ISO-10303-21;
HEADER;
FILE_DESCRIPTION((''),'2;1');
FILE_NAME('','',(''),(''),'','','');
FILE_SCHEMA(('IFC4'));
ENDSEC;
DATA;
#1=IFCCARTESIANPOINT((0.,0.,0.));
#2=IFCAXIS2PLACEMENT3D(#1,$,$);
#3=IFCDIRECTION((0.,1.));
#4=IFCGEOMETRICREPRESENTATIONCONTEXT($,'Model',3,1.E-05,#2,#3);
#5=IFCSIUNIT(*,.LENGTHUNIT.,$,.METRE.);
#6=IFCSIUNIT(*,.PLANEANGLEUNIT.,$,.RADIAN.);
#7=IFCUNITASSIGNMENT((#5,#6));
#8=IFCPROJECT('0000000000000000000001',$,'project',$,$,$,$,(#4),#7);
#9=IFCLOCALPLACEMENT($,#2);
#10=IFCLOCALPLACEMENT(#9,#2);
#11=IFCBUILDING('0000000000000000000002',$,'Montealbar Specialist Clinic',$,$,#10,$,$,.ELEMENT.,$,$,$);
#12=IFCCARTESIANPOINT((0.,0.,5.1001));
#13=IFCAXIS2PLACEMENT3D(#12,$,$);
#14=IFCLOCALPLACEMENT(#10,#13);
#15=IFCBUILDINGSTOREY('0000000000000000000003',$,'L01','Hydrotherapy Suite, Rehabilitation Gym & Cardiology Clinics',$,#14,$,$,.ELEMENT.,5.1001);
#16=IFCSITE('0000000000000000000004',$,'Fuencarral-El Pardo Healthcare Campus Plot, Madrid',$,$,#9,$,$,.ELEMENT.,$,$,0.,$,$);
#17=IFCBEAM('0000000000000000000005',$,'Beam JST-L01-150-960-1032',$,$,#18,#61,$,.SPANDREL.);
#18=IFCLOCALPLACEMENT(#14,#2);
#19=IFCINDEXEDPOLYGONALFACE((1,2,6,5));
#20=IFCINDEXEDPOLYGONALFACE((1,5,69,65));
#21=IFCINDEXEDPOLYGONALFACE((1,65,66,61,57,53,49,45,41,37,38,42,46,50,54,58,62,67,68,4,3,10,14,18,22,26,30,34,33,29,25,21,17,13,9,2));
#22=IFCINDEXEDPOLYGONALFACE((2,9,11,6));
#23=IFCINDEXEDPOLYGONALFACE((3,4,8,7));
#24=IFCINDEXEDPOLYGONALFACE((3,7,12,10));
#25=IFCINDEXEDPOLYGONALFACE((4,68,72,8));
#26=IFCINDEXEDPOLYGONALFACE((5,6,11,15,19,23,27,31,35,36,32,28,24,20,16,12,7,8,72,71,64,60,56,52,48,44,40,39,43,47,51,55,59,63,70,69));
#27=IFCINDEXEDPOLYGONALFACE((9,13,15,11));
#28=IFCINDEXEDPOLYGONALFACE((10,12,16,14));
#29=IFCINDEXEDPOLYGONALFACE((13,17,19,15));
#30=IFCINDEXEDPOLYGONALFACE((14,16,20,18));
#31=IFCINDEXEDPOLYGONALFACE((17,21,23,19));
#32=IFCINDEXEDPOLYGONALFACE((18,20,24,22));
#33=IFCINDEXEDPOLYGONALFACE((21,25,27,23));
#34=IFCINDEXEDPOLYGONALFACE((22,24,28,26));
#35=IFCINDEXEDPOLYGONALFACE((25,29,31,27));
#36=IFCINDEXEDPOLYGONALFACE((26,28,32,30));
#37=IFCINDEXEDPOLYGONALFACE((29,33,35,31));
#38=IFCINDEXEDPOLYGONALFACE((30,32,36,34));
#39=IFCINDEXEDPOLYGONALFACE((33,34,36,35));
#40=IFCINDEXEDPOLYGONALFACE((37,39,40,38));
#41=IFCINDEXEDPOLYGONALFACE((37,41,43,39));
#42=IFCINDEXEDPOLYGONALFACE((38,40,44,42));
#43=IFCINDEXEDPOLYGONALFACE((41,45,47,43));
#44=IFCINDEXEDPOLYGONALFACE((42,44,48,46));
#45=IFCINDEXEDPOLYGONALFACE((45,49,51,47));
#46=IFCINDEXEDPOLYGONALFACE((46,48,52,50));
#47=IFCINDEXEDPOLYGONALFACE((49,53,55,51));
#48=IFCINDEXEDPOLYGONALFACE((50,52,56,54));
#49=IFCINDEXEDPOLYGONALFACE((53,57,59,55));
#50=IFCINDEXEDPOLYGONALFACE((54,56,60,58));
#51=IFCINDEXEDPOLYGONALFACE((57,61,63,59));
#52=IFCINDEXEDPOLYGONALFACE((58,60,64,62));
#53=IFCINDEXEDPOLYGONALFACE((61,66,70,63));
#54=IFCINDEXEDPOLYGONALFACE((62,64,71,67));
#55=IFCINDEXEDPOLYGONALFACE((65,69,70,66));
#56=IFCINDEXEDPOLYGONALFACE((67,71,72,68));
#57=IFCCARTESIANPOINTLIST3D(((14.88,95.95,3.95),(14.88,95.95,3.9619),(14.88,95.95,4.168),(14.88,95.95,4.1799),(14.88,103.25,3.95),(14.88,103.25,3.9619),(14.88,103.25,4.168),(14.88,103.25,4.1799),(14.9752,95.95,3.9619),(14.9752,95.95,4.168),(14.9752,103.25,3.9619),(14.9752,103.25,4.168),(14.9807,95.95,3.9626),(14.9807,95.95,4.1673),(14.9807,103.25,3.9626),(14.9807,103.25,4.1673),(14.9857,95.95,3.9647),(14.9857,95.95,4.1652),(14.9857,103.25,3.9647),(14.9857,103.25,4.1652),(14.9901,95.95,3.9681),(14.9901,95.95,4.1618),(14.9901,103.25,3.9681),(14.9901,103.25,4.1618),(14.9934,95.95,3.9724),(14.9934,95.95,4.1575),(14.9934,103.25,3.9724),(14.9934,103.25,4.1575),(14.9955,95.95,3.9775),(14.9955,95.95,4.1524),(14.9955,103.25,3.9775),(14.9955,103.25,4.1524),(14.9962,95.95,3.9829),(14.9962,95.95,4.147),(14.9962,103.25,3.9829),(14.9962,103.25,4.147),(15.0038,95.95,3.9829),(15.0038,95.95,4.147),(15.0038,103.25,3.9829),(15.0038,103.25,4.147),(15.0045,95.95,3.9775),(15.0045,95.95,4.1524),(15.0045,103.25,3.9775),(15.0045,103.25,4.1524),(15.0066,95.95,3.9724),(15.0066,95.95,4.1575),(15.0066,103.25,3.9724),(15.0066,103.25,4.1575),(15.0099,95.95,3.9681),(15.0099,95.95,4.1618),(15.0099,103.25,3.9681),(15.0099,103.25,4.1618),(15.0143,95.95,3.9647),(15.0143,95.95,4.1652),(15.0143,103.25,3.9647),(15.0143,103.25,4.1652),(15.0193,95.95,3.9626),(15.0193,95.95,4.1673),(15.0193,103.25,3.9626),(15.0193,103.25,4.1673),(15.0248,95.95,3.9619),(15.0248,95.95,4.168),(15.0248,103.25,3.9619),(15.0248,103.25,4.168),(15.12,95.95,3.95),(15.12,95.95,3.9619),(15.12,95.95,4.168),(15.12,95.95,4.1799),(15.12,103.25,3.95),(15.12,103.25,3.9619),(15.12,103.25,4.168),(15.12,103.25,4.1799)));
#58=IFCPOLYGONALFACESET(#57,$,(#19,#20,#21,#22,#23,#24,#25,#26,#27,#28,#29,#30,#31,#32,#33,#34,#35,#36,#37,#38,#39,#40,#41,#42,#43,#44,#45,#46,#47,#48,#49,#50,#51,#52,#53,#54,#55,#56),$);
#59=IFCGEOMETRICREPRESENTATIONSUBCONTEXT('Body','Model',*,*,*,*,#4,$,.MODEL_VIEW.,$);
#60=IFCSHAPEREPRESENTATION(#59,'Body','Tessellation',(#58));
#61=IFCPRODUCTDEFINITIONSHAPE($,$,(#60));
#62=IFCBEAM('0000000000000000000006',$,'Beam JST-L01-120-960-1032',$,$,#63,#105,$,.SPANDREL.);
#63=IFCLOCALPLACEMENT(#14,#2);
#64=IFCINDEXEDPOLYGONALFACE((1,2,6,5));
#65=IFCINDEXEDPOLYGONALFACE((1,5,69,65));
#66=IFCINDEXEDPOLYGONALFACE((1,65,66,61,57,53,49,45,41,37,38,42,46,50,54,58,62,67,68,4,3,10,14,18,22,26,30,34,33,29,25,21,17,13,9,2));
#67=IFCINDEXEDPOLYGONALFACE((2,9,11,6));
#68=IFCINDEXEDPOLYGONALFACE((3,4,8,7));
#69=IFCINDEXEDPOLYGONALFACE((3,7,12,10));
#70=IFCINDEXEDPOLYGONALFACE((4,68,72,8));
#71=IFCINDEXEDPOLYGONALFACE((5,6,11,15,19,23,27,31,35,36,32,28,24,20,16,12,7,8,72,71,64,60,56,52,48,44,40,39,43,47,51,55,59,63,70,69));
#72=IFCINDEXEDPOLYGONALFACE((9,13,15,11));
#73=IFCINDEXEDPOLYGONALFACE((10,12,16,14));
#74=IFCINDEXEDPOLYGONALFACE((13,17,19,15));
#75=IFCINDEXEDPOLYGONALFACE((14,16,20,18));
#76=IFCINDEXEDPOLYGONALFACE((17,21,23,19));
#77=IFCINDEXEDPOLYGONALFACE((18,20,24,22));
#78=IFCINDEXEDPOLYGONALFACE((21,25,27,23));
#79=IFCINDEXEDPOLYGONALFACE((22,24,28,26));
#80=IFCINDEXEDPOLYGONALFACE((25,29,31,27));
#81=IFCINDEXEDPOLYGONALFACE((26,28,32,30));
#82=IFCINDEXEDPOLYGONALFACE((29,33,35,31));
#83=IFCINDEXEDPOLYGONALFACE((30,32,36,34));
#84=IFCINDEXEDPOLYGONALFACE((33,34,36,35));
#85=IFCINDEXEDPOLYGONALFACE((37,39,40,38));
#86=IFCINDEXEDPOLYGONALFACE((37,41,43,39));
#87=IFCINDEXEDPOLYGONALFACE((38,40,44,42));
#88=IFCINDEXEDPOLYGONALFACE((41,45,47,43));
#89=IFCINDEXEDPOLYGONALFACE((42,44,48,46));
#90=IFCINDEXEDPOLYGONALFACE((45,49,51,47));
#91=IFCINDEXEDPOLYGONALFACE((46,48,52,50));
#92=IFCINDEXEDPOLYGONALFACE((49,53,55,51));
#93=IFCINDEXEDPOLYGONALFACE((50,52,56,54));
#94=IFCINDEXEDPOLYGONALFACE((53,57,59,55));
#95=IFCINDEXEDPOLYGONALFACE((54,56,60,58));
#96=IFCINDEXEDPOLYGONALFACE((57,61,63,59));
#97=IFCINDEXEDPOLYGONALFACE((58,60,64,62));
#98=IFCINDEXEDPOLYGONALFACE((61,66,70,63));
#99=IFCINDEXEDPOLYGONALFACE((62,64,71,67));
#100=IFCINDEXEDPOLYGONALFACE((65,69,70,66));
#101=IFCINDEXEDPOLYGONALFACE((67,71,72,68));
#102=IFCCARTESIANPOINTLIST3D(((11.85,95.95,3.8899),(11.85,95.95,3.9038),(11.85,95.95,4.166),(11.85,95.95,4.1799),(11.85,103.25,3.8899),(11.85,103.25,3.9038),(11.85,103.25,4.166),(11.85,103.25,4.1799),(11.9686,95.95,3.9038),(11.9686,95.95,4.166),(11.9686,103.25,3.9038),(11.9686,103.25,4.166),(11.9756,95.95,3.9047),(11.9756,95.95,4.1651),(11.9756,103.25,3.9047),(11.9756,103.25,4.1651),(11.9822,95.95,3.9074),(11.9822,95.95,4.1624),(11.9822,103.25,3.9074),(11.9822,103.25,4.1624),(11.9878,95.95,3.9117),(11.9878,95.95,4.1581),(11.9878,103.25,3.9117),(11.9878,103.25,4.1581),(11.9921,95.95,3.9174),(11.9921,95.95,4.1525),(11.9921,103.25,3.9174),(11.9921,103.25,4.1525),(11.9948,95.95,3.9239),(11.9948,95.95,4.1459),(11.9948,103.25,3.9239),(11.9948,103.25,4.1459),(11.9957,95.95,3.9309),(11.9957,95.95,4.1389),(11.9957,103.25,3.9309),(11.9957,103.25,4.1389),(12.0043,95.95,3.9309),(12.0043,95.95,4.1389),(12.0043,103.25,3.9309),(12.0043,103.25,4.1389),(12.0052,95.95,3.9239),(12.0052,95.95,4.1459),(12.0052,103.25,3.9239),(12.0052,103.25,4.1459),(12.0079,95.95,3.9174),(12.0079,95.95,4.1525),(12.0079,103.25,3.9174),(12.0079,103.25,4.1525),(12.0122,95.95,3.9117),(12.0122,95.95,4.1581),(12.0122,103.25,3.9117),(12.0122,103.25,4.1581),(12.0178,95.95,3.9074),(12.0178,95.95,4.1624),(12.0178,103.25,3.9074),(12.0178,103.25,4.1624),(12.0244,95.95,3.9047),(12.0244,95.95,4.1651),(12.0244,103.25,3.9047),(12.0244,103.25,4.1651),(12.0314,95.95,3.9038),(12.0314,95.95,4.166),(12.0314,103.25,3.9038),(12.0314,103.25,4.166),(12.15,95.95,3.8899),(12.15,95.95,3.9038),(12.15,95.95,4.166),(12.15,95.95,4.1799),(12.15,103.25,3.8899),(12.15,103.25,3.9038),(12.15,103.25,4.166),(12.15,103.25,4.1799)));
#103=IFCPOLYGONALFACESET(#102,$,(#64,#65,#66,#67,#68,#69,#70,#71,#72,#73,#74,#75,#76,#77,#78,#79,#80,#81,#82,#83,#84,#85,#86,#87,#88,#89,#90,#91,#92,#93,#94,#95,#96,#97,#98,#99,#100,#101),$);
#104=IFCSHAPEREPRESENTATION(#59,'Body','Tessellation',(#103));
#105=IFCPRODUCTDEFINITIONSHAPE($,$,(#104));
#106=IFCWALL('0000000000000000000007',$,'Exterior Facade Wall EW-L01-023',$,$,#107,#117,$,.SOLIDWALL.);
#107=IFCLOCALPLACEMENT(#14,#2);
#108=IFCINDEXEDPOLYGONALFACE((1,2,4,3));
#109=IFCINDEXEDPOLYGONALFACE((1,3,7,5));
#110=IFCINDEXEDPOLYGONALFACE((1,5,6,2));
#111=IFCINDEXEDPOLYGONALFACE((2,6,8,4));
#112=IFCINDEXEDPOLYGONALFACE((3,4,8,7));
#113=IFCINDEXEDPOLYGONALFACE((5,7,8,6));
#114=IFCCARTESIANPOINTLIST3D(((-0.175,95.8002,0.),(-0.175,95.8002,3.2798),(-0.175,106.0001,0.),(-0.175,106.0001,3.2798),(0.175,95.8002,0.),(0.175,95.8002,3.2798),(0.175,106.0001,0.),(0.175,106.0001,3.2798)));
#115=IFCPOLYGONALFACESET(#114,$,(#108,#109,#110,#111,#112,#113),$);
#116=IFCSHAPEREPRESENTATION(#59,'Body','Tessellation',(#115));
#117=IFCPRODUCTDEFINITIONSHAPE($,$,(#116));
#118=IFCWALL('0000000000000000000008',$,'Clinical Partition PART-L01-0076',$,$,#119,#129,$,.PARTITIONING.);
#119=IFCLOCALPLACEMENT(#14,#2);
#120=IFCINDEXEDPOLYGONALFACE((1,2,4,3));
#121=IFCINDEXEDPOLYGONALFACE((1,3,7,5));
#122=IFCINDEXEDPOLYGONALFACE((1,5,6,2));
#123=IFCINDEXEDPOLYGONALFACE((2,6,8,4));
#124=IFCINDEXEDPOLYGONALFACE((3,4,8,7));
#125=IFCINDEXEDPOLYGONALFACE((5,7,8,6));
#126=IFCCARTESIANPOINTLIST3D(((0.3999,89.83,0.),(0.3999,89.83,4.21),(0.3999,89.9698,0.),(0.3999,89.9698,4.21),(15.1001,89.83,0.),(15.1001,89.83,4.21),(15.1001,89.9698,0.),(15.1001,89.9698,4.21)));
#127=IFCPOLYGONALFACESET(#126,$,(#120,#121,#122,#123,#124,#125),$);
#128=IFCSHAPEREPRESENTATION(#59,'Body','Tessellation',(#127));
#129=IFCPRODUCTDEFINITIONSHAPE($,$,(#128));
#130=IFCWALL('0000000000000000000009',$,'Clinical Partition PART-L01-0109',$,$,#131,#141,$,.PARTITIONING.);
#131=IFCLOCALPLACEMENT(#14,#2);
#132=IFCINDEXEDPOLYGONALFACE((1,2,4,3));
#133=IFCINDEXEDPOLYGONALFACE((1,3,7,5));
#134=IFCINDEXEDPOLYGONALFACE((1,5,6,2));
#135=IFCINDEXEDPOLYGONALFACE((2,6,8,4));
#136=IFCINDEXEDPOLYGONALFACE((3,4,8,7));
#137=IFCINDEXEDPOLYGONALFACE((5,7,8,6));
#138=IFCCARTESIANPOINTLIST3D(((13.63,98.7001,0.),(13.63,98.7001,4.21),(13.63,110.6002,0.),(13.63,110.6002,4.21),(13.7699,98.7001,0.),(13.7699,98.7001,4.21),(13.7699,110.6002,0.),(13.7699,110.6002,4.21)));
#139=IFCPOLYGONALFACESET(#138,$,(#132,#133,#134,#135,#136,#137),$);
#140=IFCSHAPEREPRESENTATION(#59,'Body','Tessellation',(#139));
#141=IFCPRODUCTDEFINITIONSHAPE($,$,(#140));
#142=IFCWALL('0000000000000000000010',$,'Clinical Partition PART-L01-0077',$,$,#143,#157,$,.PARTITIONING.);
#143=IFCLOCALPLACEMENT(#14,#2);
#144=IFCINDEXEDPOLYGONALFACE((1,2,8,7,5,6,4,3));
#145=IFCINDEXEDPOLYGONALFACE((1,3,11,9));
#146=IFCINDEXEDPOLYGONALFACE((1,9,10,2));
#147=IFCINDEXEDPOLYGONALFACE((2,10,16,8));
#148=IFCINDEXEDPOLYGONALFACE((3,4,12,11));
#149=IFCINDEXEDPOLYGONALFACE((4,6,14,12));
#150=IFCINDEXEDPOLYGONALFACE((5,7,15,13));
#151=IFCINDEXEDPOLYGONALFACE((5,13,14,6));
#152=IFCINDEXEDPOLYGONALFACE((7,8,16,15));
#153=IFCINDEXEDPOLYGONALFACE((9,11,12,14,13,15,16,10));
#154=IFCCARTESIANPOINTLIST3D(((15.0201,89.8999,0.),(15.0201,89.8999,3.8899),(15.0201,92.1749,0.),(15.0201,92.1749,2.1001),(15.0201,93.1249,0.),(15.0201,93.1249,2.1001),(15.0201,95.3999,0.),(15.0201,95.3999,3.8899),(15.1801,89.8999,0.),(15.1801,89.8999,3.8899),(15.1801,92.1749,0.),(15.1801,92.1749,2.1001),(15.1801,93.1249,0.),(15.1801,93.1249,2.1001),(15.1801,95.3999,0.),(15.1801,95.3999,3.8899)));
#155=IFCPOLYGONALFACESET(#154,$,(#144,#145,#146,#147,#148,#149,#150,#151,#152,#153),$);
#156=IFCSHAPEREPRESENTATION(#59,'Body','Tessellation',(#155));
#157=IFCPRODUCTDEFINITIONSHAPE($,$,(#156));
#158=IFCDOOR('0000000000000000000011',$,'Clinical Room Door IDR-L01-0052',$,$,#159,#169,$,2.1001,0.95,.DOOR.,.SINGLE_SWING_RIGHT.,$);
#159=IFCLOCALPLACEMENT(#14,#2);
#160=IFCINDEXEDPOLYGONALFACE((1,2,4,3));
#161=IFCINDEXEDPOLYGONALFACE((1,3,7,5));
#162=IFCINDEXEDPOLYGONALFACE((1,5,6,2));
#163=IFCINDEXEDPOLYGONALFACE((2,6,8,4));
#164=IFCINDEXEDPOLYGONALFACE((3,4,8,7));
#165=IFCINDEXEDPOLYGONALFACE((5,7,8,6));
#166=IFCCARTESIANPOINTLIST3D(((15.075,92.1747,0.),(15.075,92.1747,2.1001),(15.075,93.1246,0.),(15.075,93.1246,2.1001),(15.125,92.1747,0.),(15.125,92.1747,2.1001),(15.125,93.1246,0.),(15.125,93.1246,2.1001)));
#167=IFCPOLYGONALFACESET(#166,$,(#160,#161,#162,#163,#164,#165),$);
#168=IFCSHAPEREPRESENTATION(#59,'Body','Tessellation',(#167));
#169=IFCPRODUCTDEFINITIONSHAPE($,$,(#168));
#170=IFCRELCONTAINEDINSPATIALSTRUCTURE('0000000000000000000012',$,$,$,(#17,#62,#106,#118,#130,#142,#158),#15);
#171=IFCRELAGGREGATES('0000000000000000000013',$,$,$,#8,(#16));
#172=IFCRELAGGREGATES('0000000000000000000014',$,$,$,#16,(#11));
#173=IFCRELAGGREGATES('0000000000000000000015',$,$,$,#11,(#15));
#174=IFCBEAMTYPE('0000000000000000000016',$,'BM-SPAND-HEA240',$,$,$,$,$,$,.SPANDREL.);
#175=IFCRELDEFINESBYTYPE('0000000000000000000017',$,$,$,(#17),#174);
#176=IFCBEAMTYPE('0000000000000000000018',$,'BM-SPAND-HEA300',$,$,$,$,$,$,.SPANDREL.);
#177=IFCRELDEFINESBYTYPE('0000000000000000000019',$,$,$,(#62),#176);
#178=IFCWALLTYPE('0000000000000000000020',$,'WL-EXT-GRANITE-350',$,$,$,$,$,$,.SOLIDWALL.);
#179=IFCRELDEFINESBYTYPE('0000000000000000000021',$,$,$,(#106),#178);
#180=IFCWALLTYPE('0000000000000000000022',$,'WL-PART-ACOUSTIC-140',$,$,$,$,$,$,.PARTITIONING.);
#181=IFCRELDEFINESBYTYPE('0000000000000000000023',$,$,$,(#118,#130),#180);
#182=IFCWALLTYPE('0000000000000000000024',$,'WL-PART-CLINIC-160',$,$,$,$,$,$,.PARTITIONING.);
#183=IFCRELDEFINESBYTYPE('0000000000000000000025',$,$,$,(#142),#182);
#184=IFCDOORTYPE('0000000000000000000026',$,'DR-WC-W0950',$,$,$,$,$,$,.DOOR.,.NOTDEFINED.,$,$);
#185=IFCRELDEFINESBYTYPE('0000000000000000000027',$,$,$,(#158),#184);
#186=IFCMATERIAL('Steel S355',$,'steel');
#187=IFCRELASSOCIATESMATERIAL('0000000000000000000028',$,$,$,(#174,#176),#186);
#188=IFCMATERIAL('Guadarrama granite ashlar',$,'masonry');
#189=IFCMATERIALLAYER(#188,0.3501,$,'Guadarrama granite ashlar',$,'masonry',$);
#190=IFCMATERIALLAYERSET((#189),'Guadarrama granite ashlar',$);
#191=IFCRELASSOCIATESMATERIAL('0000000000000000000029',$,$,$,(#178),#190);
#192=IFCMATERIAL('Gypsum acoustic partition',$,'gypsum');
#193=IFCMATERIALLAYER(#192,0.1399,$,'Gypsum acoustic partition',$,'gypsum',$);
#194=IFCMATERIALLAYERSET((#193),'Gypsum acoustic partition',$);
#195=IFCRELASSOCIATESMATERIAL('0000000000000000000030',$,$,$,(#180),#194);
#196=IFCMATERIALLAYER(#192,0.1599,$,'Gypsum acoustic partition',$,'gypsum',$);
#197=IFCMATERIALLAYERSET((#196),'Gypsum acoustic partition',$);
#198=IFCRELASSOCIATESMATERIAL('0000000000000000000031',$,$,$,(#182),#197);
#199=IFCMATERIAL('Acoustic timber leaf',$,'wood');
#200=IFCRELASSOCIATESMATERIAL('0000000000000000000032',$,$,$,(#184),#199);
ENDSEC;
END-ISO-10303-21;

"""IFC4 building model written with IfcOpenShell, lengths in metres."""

from ifc_helpers import new_model, si_unit, direction, frame, frame_2d, origin, origin_2d, place, context, subcontext, project, spatial, rectangle, i_section, extrude, material, layer, layer_set, material_profile, profile_set, type_object, element, fill, save


model = new_model("IFC4")

# Units and contexts
model_context = context("Model", 3, precision=1e-05, world=origin(), true_north=direction((0.0, 1.0)))
body_context = subcontext(model_context, "Body", "Model", "MODEL_VIEW")
ifc_project = project(units=[si_unit("LENGTHUNIT", "METRE"), si_unit("PLANEANGLEUNIT", "RADIAN")], contexts=[model_context])

# Site, building, storey
site_placement = place(None, origin())
site = spatial("IfcSite", under=ifc_project, at=site_placement, Name="Fuencarral-El Pardo Healthcare Campus Plot, Madrid", CompositionType="ELEMENT", RefElevation=0.0)
building_placement = place(site_placement, origin())
building = spatial("IfcBuilding", under=site, at=building_placement, Name="Montealbar Specialist Clinic", CompositionType="ELEMENT")
storey_placement = place(building_placement, frame((0.0, 0.0, 5.1001)))
storey = spatial("IfcBuildingStorey", under=building, at=storey_placement, Name="L01", Description="Hydrotherapy Suite, Rehabilitation Gym & Cardiology Clinics", CompositionType="ELEMENT", Elevation=5.1001)

# Shared definitions
ifc_material_1 = material(Name="Guadarrama granite ashlar", Category="masonry")

# Beams
ifc_material_2 = material(Name="Steel S355", Category="steel")
ifc_material_profile_1 = material_profile(ifc_material_2, i_section(OverallWidth=0.24, OverallDepth=0.23, WebThickness=0.0076, FlangeThickness=0.012, FilletRadius=0.021, at=origin_2d()), Name="HEA 240", Category="steel")
ifc_profile_set_1 = profile_set([ifc_material_profile_1], Name="Steel S355")
beam_type_1 = type_object("IfcBeamType", Name="BM-SPAND-HEA240", PredefinedType="SPANDREL", material=ifc_profile_set_1)
beam_1_placement = place(storey_placement, frame((15.0, 95.95, 4.0649), z_axis=(0.0, 1.0, 0.0), x_axis=(-1.0, 0.0, 0.0)))
element("IfcBeam", 1, at=beam_1_placement, inside=storey, type_object=beam_type_1, Name="Beam JST-L01-150-960-1032", PredefinedType="SPANDREL", context=body_context, shape_type="SweptSolid", body=[
    extrude(i_section(OverallWidth=0.24, OverallDepth=0.23, WebThickness=0.0076, FlangeThickness=0.012, FilletRadius=0.021, at=origin_2d()), origin(), (0.0, 0.0, 1.0), 7.3),
])
ifc_material_profile_2 = material_profile(ifc_material_2, i_section(OverallWidth=0.3, OverallDepth=0.29, WebThickness=0.0085, FlangeThickness=0.0139, FilletRadius=0.0271, at=origin_2d()), Name="HEA 300", Category="steel")
ifc_profile_set_2 = profile_set([ifc_material_profile_2], Name="Steel S355")
beam_type_2 = type_object("IfcBeamType", Name="BM-SPAND-HEA300", PredefinedType="SPANDREL", material=ifc_profile_set_2)
beam_2_placement = place(storey_placement, frame((12.0, 95.95, 4.0349), z_axis=(0.0, 1.0, 0.0), x_axis=(-1.0, 0.0, 0.0)))
element("IfcBeam", 2, at=beam_2_placement, inside=storey, type_object=beam_type_2, Name="Beam JST-L01-120-960-1032", PredefinedType="SPANDREL", context=body_context, shape_type="SweptSolid", body=[
    extrude(i_section(OverallWidth=0.3, OverallDepth=0.29, WebThickness=0.0085, FlangeThickness=0.0139, FilletRadius=0.0271, at=origin_2d()), origin(), (0.0, 0.0, 1.0), 7.3),
])

# Walls
ifc_layer_1 = layer(ifc_material_1, 0.3501, Name="Guadarrama granite ashlar", Category="masonry")
ifc_layer_set_1 = layer_set([ifc_layer_1], Name="Guadarrama granite ashlar")
wall_type_1 = type_object("IfcWallType", Name="WL-EXT-GRANITE-350", PredefinedType="SOLIDWALL", material=ifc_layer_set_1)
wall_1_placement = place(storey_placement, frame((0.0, 95.8, 0.0), z_axis=(0.0, 0.0, 1.0), x_axis=(0.0, 1.0, 0.0)))
element("IfcWall", 3, at=wall_1_placement, inside=storey, type_object=wall_type_1, Name="Exterior Facade Wall EW-L01-023", PredefinedType="SOLIDWALL", context=body_context, shape_type="SweptSolid", body=[
    extrude(rectangle(XDim=10.2, YDim=0.3501, at=frame_2d((5.1001, 0.0))), origin(), (0.0, 0.0, 1.0), 3.2798),
])
ifc_material_3 = material(Name="Gypsum acoustic partition", Category="gypsum")
ifc_layer_2 = layer(ifc_material_3, 0.1399, Name="Gypsum acoustic partition", Category="gypsum")
ifc_layer_set_2 = layer_set([ifc_layer_2], Name="Gypsum acoustic partition")
wall_type_2 = type_object("IfcWallType", Name="WL-PART-ACOUSTIC-140", PredefinedType="PARTITIONING", material=ifc_layer_set_2)
wall_2_placement = place(storey_placement, frame((0.3999, 89.8999, 0.0), z_axis=(0.0, 0.0, 1.0), x_axis=(1.0, 0.0, 0.0)))
element("IfcWall", 4, at=wall_2_placement, inside=storey, type_object=wall_type_2, Name="Clinical Partition PART-L01-0076", PredefinedType="PARTITIONING", context=body_context, shape_type="SweptSolid", body=[
    extrude(rectangle(XDim=14.7002, YDim=0.1399, at=frame_2d((7.3501, 0.0))), origin(), (0.0, 0.0, 1.0), 4.21),
])
wall_3_placement = place(storey_placement, frame((13.7, 98.7, 0.0), z_axis=(0.0, 0.0, 1.0), x_axis=(0.0, 1.0, 0.0)))
element("IfcWall", 5, at=wall_3_placement, inside=storey, type_object=wall_type_2, Name="Clinical Partition PART-L01-0109", PredefinedType="PARTITIONING", context=body_context, shape_type="SweptSolid", body=[
    extrude(rectangle(XDim=11.9001, YDim=0.1399, at=frame_2d((5.9502, 0.0))), origin(), (0.0, 0.0, 1.0), 4.21),
])

# Wall, opening, door
ifc_layer_3 = layer(ifc_material_3, 0.1599, Name="Gypsum acoustic partition", Category="gypsum")
ifc_layer_set_3 = layer_set([ifc_layer_3], Name="Gypsum acoustic partition")
wall_type_3 = type_object("IfcWallType", Name="WL-PART-CLINIC-160", PredefinedType="PARTITIONING", material=ifc_layer_set_3)
wall_4_placement = place(storey_placement, frame((15.1001, 89.8999, 0.0), z_axis=(0.0, 0.0, 1.0), x_axis=(0.0, 1.0, 0.0)))
wall_4 = element("IfcWall", 6, at=wall_4_placement, inside=storey, type_object=wall_type_3, Name="Clinical Partition PART-L01-0077", PredefinedType="PARTITIONING", context=body_context, shape_type="SweptSolid", body=[
    extrude(rectangle(XDim=5.5, YDim=0.1599, at=frame_2d((2.75, 0.0))), origin(), (0.0, 0.0, 1.0), 3.8899),
])
opening_1_placement = place(wall_4_placement, frame((2.2749, 0.0, 0.0)))
opening_1 = element("IfcOpeningElement", 7, at=opening_1_placement, cuts=wall_4, PredefinedType="OPENING", context=body_context, shape_type="SweptSolid", body=[
    extrude(rectangle(XDim=0.95, YDim=2.1001, at=frame_2d((0.4751, 1.05))), frame((0.0, 0.0898, 0.0), z_axis=(0.0, -1.0, 0.0), x_axis=(1.0, 0.0, 0.0)), (0.0, 0.0, 1.0), 0.1799),
])
ifc_material_4 = material(Name="Acoustic timber leaf", Category="wood")
door_type_1 = type_object("IfcDoorType", Name="DR-WC-W0950", OperationType="NOTDEFINED", PredefinedType="DOOR", material=ifc_material_4)
door_1_placement = place(opening_1_placement, frame((0.95, 0.0, 0.0), z_axis=(0.0, 0.0, 1.0), x_axis=(-1.0, 0.0, 0.0)))
door_1 = element("IfcDoor", 8, at=door_1_placement, inside=storey, type_object=door_type_1, Name="Clinical Room Door IDR-L01-0052", OperationType="SINGLE_SWING_RIGHT", OverallHeight=2.1001, OverallWidth=0.95, PredefinedType="DOOR", context=body_context, shape_type="SweptSolid", body=[
    extrude(rectangle(XDim=0.95, YDim=2.1001, at=frame_2d((0.4751, 1.05))), frame((0.0, 0.0249, 0.0), z_axis=(0.0, -1.0, 0.0), x_axis=(1.0, 0.0, 0.0)), (0.0, 0.0, 1.0), 0.05),
])
fill(opening_1, door_1)

save(model, "model.ifc")
